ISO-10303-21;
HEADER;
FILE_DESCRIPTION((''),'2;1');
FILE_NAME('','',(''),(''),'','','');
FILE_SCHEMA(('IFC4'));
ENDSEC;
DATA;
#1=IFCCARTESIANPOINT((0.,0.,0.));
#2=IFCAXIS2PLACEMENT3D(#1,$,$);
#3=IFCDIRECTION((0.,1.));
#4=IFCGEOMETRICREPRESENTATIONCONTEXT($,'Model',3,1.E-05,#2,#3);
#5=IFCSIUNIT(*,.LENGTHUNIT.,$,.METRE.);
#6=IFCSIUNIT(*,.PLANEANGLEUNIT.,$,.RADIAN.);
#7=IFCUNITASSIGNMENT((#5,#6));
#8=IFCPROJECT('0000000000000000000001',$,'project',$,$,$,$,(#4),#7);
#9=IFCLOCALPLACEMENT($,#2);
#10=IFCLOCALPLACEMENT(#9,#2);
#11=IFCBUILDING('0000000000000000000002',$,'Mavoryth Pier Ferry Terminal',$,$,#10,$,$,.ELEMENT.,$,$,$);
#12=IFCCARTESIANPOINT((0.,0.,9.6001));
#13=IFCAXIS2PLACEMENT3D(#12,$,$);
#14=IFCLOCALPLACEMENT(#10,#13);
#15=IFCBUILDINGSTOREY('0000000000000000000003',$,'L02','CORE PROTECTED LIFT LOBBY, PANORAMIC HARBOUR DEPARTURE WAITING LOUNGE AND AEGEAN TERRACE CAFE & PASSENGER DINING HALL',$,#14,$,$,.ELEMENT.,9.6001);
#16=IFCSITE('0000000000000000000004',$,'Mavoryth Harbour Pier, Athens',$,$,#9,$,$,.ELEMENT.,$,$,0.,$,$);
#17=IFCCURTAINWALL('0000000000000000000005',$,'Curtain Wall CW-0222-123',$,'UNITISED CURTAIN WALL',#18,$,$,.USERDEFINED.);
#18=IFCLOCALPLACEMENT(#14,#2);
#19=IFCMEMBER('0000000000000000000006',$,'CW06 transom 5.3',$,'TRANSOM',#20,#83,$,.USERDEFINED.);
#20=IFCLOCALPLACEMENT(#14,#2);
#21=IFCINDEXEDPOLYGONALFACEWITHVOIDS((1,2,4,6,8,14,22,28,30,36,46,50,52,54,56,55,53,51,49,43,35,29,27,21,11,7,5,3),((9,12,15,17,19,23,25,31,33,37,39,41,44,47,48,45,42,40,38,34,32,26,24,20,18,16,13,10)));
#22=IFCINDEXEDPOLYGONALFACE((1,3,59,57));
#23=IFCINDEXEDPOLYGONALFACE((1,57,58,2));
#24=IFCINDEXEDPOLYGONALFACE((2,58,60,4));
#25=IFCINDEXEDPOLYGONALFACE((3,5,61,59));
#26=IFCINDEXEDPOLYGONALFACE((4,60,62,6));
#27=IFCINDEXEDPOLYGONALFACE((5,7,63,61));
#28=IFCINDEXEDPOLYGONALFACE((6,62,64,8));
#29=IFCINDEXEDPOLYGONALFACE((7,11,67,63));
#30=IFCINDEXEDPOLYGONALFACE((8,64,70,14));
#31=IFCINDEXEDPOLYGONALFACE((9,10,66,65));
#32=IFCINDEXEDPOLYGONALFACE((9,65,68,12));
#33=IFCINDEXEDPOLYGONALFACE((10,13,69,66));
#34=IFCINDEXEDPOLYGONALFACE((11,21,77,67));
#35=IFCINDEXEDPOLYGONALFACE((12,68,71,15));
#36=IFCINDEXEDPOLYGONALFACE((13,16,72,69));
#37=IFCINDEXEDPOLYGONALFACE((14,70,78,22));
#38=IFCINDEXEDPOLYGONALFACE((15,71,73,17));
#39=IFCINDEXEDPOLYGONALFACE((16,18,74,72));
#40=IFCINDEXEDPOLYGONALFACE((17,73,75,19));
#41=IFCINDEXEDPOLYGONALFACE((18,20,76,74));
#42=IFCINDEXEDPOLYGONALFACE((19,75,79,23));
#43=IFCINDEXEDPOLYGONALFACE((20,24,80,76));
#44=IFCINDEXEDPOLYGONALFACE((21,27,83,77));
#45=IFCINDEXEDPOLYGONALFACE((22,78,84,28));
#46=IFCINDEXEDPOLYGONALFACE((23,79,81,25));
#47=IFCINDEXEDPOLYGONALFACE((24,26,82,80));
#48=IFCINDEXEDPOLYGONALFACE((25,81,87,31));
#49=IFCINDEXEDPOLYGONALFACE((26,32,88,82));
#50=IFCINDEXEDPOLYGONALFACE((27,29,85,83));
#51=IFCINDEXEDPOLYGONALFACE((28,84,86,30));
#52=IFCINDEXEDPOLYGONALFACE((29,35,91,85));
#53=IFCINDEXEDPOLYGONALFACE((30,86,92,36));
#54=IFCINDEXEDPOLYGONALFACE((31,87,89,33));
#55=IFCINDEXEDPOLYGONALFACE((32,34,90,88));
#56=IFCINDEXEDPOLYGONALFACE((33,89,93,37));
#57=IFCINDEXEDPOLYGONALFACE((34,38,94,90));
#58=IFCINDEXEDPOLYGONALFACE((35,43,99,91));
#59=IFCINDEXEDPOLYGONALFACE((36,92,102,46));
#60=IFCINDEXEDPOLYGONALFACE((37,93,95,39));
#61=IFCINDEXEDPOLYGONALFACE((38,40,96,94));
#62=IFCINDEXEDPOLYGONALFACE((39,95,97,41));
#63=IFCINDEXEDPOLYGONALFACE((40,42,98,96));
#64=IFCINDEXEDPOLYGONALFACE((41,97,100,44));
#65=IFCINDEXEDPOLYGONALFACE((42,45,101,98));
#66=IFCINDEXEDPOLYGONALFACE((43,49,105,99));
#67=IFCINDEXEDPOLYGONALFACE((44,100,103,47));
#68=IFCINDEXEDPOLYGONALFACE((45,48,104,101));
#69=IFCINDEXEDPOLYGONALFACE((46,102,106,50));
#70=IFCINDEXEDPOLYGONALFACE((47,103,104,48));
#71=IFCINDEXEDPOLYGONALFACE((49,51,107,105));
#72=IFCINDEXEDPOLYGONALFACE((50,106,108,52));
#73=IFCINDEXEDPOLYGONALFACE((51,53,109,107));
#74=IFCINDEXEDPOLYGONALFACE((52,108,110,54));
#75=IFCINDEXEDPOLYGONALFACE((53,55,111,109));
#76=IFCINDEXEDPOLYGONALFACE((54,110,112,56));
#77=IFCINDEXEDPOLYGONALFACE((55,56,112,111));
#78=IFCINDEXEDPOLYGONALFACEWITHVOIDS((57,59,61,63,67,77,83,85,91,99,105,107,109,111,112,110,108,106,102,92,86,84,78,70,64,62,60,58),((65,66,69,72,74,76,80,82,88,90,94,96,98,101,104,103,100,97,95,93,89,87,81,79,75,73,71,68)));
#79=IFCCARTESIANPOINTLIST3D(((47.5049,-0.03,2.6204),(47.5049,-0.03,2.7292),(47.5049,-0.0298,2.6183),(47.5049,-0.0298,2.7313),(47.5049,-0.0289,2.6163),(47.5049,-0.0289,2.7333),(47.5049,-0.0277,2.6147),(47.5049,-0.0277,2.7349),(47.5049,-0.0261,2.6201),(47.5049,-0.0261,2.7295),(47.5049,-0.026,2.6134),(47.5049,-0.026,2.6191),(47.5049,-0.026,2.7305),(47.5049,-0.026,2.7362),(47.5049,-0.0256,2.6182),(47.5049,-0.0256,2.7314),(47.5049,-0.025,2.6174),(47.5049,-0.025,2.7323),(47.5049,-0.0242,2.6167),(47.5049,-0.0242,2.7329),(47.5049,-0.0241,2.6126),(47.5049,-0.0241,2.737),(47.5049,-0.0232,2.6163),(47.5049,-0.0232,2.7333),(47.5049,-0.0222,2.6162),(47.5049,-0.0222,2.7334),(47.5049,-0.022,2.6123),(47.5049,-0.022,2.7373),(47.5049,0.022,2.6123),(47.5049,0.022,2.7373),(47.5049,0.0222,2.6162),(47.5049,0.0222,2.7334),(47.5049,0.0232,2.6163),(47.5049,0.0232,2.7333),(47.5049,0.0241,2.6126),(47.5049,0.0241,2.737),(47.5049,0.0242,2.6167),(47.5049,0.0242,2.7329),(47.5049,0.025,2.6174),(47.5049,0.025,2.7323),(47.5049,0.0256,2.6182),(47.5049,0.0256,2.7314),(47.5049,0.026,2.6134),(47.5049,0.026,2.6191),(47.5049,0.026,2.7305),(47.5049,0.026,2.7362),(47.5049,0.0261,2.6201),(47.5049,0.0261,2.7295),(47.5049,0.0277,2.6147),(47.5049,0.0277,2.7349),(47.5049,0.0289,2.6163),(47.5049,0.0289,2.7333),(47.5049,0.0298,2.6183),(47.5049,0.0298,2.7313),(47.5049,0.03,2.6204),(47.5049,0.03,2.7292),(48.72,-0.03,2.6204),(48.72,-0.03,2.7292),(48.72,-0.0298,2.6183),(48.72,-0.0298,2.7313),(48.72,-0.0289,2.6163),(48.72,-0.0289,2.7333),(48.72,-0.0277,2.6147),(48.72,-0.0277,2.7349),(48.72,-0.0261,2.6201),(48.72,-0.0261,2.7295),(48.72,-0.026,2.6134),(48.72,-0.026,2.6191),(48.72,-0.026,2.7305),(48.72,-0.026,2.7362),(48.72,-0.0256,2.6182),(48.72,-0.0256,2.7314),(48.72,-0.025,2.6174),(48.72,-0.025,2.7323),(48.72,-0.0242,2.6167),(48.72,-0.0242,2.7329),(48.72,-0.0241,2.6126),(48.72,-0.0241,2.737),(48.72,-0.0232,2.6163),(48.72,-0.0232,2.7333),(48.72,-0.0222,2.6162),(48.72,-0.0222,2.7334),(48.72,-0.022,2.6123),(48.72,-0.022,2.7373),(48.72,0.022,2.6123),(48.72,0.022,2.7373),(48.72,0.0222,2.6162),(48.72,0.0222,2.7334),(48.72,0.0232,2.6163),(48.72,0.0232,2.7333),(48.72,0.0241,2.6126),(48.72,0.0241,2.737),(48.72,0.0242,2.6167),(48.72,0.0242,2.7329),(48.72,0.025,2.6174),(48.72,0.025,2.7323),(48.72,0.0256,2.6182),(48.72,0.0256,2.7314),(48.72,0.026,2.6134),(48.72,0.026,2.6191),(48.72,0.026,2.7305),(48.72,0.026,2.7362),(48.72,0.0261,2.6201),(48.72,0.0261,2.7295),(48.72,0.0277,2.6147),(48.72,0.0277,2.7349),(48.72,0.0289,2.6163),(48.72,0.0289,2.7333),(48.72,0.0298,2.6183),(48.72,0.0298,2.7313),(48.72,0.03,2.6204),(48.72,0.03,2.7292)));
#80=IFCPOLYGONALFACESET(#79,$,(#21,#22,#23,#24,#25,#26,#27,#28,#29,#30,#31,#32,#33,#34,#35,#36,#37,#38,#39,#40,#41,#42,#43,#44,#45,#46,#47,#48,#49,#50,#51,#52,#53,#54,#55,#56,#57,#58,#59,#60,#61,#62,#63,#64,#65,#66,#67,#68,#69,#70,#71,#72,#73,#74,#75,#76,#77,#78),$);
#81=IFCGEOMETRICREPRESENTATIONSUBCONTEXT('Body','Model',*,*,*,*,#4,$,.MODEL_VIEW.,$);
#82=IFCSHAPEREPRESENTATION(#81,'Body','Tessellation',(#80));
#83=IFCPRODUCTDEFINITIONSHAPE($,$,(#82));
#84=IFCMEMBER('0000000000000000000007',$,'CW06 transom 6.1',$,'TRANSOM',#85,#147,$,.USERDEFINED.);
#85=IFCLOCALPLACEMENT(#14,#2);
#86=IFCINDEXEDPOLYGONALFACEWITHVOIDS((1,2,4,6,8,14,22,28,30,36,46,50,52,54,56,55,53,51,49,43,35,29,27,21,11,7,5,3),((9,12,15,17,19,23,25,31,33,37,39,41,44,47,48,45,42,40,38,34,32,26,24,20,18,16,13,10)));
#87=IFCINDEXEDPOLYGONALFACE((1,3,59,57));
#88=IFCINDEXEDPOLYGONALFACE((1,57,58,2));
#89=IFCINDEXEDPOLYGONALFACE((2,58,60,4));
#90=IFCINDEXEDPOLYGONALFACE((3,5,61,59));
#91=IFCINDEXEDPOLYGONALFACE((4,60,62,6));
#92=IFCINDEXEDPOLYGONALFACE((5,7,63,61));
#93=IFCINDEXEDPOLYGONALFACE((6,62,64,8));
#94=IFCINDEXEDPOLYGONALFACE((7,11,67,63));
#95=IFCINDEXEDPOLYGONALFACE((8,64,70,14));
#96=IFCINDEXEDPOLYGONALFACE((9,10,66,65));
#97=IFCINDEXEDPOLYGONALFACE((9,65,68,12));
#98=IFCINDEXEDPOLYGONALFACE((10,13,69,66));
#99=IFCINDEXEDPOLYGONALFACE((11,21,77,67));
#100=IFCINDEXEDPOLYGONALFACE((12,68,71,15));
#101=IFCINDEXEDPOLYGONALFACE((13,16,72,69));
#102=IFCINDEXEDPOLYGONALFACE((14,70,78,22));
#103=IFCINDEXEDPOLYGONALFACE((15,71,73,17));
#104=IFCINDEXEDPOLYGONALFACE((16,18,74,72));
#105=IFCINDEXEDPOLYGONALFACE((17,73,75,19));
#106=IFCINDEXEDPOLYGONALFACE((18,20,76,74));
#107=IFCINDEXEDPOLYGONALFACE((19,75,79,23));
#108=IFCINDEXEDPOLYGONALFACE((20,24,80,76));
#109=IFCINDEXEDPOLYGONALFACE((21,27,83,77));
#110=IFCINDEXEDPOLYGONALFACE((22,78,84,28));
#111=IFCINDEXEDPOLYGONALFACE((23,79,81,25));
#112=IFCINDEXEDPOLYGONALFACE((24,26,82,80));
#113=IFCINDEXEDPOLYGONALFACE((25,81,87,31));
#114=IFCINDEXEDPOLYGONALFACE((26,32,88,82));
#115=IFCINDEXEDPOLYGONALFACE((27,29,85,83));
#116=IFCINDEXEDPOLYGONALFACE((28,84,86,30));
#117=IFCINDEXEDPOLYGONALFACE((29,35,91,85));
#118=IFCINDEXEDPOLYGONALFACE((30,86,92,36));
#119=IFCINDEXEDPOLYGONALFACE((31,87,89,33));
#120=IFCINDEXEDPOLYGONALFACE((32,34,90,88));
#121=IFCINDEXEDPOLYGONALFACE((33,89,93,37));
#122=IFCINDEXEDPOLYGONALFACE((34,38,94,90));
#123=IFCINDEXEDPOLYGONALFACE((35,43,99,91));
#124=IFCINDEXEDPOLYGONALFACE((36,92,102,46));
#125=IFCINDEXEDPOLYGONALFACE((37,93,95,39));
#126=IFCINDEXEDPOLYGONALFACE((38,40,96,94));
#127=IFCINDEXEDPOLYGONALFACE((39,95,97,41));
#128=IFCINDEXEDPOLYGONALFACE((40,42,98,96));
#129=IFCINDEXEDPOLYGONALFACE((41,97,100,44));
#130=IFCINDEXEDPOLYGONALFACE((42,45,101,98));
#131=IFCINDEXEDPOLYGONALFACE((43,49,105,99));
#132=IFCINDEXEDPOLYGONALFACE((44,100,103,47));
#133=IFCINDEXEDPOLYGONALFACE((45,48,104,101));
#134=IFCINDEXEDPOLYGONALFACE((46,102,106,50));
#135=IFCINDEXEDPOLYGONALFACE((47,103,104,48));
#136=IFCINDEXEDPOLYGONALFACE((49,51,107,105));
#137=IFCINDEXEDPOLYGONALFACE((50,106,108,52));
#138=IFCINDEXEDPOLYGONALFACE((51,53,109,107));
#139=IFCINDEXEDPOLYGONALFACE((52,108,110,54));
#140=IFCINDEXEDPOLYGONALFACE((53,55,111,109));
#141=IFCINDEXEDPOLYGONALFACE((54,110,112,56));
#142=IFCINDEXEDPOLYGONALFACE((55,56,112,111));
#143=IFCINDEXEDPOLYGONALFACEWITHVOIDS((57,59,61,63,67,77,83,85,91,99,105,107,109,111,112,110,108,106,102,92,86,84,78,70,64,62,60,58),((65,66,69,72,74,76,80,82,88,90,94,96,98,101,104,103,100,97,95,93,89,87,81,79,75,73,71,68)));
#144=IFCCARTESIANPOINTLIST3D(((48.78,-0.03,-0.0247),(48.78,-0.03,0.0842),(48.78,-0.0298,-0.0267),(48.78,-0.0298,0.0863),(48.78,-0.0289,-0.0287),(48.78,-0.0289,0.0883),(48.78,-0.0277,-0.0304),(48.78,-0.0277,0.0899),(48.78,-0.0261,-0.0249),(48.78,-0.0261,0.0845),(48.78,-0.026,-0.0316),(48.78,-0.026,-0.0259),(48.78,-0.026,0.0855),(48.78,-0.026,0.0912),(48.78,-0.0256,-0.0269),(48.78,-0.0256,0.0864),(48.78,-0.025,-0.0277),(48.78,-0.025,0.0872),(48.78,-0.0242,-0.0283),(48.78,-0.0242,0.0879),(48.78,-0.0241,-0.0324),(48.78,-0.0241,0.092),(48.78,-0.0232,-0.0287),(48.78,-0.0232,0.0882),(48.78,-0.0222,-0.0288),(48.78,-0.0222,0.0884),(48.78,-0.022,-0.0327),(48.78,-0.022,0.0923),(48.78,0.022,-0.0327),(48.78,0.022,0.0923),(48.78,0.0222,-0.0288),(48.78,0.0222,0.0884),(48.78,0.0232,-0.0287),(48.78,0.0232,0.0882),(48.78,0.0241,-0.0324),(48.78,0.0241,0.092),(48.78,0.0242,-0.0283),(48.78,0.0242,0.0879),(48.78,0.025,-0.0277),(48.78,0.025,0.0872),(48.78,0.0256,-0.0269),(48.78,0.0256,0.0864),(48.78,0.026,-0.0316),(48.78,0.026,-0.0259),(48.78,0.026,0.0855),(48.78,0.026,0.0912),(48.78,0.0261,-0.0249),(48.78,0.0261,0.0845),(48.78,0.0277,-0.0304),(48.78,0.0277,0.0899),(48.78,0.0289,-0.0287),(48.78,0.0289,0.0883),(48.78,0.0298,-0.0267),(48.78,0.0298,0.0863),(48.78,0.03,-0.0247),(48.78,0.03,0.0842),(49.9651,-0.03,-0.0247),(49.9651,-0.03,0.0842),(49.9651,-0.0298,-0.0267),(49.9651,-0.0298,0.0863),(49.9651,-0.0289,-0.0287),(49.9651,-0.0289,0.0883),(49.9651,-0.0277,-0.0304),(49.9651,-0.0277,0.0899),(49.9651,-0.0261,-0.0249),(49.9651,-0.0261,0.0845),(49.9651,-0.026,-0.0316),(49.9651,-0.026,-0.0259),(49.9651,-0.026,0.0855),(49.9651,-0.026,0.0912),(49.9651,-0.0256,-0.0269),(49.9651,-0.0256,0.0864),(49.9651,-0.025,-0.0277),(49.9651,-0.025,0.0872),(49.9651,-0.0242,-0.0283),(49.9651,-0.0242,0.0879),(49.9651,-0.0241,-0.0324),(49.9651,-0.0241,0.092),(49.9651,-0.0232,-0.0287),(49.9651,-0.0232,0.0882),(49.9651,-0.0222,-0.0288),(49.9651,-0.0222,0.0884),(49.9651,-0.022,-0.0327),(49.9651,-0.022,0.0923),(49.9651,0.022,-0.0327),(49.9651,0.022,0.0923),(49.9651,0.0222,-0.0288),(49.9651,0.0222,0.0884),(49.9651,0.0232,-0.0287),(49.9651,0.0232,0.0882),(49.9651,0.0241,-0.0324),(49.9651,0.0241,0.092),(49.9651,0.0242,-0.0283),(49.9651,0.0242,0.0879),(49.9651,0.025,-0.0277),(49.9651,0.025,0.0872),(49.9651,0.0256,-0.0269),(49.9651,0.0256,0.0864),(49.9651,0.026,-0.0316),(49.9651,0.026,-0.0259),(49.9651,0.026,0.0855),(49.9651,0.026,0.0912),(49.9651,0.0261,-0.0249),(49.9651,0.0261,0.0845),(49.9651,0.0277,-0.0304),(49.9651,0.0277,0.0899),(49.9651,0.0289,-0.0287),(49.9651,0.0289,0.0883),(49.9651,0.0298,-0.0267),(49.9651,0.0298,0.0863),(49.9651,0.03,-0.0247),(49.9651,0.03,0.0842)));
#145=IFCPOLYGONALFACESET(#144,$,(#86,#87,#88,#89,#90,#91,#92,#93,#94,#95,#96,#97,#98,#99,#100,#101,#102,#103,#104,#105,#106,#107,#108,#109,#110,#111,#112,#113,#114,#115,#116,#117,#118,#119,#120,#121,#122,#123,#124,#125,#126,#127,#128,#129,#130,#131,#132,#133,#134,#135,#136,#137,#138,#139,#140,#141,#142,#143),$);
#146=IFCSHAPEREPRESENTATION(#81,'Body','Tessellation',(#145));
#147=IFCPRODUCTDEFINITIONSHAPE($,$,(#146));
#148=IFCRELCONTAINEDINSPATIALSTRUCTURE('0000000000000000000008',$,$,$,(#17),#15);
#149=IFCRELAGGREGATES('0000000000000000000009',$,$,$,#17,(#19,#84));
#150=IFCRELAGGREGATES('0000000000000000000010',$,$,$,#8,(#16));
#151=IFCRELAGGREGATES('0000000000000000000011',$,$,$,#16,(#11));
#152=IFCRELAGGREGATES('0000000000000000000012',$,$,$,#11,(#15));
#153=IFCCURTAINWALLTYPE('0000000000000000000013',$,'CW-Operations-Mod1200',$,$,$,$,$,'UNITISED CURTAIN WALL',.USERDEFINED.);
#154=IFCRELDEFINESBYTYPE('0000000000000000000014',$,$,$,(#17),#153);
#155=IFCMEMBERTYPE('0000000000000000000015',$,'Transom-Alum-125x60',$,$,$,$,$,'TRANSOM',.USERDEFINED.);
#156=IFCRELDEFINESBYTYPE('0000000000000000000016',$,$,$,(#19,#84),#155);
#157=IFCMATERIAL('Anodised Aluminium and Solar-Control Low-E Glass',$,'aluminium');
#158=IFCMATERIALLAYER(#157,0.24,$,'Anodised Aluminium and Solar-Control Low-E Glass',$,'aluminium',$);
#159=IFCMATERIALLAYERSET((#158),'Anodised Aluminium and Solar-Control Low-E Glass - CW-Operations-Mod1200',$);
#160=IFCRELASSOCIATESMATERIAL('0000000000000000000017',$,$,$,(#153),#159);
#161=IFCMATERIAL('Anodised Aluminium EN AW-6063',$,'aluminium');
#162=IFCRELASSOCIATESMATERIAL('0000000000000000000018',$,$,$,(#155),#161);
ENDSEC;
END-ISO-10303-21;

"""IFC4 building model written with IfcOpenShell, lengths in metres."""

from ifc_helpers import new_model, si_unit, direction, frame, origin, origin_2d, place, context, subcontext, project, spatial, hollow_rectangle, extrude, material, layer, layer_set, material_profile, profile_set, type_object, element, aggregate, save


model = new_model("IFC4")

# Units and contexts
model_context = context("Model", 3, precision=1e-05, world=origin(), true_north=direction((0.0, 1.0)))
body_context = subcontext(model_context, "Body", "Model", "MODEL_VIEW")
ifc_project = project(units=[si_unit("LENGTHUNIT", "METRE"), si_unit("PLANEANGLEUNIT", "RADIAN")], contexts=[model_context])

# Site, building, storey
site_placement = place(None, origin())
site = spatial("IfcSite", under=ifc_project, at=site_placement, Name="Mavoryth Harbour Pier, Athens", CompositionType="ELEMENT", RefElevation=0.0)
building_placement = place(site_placement, origin())
building = spatial("IfcBuilding", under=site, at=building_placement, Name="Mavoryth Pier Ferry Terminal", CompositionType="ELEMENT")
storey_placement = place(building_placement, frame((0.0, 0.0, 9.6001)))
storey = spatial("IfcBuildingStorey", under=building, at=storey_placement, Name="L02", Description="CORE PROTECTED LIFT LOBBY, PANORAMIC HARBOUR DEPARTURE WAITING LOUNGE AND AEGEAN TERRACE CAFE & PASSENGER DINING HALL", CompositionType="ELEMENT", Elevation=9.6001)

# Curtain wall
ifc_material_1 = material(Name="Anodised Aluminium and Solar-Control Low-E Glass", Category="aluminium")
ifc_layer_1 = layer(ifc_material_1, 0.24, Name="Anodised Aluminium and Solar-Control Low-E Glass", Category="aluminium")
ifc_layer_set_1 = layer_set([ifc_layer_1], Name="Anodised Aluminium and Solar-Control Low-E Glass - CW-Operations-Mod1200")
curtain_wall_type = type_object("IfcCurtainWallType", Name="CW-Operations-Mod1200", ElementType="UNITISED CURTAIN WALL", PredefinedType="USERDEFINED", material=ifc_layer_set_1)
curtain_wall_placement = place(storey_placement, origin())
curtain_wall = element("IfcCurtainWall", 1, at=curtain_wall_placement, inside=storey, type_object=curtain_wall_type, Name="Curtain Wall CW-0222-123", ObjectType="UNITISED CURTAIN WALL", PredefinedType="USERDEFINED")
ifc_material_2 = material(Name="Anodised Aluminium EN AW-6063", Category="aluminium")

# Members
ifc_material_profile_1 = material_profile(ifc_material_2, hollow_rectangle(XDim=0.0601, YDim=0.125, WallThickness=0.0039, InnerFilletRadius=0.0039, OuterFilletRadius=0.0081, at=origin_2d()), Name="AL-TRAN 125x60x4", Category="aluminium")
ifc_profile_set_1 = profile_set([ifc_material_profile_1], Name="Anodised Aluminium EN AW-6063 - AL-TRAN 125x60x4")
member_type_1 = type_object("IfcMemberType", Name="Transom-Alum-125x60", ElementType="TRANSOM", PredefinedType="USERDEFINED", material=ifc_profile_set_1)
member_1_placement = place(storey_placement, frame((47.5049, 0.0, 2.6748), z_axis=(1.0, 0.0, 0.0), x_axis=(0.0, 1.0, 0.0)))
member_1 = element("IfcMember", 2, at=member_1_placement, type_object=member_type_1, Name="CW06 transom 5.3", ObjectType="TRANSOM", PredefinedType="USERDEFINED", context=body_context, shape_type="SweptSolid", body=[
    extrude(hollow_rectangle(XDim=0.0601, YDim=0.125, WallThickness=0.0039, InnerFilletRadius=0.0039, OuterFilletRadius=0.0081, at=origin_2d()), origin(), (0.0, 0.0, 1.0), 1.2151),
])
member_2_placement = place(storey_placement, frame((48.78, 0.0, 0.0298), z_axis=(1.0, 0.0, 0.0), x_axis=(0.0, 1.0, 0.0)))
member_2 = element("IfcMember", 3, at=member_2_placement, type_object=member_type_1, Name="CW06 transom 6.1", ObjectType="TRANSOM", PredefinedType="USERDEFINED", context=body_context, shape_type="SweptSolid", body=[
    extrude(hollow_rectangle(XDim=0.0601, YDim=0.125, WallThickness=0.0039, InnerFilletRadius=0.0039, OuterFilletRadius=0.0081, at=origin_2d()), origin(), (0.0, 0.0, 1.0), 1.1851),
])

aggregate(curtain_wall, [member_1, member_2])

save(model, "model.ifc")
